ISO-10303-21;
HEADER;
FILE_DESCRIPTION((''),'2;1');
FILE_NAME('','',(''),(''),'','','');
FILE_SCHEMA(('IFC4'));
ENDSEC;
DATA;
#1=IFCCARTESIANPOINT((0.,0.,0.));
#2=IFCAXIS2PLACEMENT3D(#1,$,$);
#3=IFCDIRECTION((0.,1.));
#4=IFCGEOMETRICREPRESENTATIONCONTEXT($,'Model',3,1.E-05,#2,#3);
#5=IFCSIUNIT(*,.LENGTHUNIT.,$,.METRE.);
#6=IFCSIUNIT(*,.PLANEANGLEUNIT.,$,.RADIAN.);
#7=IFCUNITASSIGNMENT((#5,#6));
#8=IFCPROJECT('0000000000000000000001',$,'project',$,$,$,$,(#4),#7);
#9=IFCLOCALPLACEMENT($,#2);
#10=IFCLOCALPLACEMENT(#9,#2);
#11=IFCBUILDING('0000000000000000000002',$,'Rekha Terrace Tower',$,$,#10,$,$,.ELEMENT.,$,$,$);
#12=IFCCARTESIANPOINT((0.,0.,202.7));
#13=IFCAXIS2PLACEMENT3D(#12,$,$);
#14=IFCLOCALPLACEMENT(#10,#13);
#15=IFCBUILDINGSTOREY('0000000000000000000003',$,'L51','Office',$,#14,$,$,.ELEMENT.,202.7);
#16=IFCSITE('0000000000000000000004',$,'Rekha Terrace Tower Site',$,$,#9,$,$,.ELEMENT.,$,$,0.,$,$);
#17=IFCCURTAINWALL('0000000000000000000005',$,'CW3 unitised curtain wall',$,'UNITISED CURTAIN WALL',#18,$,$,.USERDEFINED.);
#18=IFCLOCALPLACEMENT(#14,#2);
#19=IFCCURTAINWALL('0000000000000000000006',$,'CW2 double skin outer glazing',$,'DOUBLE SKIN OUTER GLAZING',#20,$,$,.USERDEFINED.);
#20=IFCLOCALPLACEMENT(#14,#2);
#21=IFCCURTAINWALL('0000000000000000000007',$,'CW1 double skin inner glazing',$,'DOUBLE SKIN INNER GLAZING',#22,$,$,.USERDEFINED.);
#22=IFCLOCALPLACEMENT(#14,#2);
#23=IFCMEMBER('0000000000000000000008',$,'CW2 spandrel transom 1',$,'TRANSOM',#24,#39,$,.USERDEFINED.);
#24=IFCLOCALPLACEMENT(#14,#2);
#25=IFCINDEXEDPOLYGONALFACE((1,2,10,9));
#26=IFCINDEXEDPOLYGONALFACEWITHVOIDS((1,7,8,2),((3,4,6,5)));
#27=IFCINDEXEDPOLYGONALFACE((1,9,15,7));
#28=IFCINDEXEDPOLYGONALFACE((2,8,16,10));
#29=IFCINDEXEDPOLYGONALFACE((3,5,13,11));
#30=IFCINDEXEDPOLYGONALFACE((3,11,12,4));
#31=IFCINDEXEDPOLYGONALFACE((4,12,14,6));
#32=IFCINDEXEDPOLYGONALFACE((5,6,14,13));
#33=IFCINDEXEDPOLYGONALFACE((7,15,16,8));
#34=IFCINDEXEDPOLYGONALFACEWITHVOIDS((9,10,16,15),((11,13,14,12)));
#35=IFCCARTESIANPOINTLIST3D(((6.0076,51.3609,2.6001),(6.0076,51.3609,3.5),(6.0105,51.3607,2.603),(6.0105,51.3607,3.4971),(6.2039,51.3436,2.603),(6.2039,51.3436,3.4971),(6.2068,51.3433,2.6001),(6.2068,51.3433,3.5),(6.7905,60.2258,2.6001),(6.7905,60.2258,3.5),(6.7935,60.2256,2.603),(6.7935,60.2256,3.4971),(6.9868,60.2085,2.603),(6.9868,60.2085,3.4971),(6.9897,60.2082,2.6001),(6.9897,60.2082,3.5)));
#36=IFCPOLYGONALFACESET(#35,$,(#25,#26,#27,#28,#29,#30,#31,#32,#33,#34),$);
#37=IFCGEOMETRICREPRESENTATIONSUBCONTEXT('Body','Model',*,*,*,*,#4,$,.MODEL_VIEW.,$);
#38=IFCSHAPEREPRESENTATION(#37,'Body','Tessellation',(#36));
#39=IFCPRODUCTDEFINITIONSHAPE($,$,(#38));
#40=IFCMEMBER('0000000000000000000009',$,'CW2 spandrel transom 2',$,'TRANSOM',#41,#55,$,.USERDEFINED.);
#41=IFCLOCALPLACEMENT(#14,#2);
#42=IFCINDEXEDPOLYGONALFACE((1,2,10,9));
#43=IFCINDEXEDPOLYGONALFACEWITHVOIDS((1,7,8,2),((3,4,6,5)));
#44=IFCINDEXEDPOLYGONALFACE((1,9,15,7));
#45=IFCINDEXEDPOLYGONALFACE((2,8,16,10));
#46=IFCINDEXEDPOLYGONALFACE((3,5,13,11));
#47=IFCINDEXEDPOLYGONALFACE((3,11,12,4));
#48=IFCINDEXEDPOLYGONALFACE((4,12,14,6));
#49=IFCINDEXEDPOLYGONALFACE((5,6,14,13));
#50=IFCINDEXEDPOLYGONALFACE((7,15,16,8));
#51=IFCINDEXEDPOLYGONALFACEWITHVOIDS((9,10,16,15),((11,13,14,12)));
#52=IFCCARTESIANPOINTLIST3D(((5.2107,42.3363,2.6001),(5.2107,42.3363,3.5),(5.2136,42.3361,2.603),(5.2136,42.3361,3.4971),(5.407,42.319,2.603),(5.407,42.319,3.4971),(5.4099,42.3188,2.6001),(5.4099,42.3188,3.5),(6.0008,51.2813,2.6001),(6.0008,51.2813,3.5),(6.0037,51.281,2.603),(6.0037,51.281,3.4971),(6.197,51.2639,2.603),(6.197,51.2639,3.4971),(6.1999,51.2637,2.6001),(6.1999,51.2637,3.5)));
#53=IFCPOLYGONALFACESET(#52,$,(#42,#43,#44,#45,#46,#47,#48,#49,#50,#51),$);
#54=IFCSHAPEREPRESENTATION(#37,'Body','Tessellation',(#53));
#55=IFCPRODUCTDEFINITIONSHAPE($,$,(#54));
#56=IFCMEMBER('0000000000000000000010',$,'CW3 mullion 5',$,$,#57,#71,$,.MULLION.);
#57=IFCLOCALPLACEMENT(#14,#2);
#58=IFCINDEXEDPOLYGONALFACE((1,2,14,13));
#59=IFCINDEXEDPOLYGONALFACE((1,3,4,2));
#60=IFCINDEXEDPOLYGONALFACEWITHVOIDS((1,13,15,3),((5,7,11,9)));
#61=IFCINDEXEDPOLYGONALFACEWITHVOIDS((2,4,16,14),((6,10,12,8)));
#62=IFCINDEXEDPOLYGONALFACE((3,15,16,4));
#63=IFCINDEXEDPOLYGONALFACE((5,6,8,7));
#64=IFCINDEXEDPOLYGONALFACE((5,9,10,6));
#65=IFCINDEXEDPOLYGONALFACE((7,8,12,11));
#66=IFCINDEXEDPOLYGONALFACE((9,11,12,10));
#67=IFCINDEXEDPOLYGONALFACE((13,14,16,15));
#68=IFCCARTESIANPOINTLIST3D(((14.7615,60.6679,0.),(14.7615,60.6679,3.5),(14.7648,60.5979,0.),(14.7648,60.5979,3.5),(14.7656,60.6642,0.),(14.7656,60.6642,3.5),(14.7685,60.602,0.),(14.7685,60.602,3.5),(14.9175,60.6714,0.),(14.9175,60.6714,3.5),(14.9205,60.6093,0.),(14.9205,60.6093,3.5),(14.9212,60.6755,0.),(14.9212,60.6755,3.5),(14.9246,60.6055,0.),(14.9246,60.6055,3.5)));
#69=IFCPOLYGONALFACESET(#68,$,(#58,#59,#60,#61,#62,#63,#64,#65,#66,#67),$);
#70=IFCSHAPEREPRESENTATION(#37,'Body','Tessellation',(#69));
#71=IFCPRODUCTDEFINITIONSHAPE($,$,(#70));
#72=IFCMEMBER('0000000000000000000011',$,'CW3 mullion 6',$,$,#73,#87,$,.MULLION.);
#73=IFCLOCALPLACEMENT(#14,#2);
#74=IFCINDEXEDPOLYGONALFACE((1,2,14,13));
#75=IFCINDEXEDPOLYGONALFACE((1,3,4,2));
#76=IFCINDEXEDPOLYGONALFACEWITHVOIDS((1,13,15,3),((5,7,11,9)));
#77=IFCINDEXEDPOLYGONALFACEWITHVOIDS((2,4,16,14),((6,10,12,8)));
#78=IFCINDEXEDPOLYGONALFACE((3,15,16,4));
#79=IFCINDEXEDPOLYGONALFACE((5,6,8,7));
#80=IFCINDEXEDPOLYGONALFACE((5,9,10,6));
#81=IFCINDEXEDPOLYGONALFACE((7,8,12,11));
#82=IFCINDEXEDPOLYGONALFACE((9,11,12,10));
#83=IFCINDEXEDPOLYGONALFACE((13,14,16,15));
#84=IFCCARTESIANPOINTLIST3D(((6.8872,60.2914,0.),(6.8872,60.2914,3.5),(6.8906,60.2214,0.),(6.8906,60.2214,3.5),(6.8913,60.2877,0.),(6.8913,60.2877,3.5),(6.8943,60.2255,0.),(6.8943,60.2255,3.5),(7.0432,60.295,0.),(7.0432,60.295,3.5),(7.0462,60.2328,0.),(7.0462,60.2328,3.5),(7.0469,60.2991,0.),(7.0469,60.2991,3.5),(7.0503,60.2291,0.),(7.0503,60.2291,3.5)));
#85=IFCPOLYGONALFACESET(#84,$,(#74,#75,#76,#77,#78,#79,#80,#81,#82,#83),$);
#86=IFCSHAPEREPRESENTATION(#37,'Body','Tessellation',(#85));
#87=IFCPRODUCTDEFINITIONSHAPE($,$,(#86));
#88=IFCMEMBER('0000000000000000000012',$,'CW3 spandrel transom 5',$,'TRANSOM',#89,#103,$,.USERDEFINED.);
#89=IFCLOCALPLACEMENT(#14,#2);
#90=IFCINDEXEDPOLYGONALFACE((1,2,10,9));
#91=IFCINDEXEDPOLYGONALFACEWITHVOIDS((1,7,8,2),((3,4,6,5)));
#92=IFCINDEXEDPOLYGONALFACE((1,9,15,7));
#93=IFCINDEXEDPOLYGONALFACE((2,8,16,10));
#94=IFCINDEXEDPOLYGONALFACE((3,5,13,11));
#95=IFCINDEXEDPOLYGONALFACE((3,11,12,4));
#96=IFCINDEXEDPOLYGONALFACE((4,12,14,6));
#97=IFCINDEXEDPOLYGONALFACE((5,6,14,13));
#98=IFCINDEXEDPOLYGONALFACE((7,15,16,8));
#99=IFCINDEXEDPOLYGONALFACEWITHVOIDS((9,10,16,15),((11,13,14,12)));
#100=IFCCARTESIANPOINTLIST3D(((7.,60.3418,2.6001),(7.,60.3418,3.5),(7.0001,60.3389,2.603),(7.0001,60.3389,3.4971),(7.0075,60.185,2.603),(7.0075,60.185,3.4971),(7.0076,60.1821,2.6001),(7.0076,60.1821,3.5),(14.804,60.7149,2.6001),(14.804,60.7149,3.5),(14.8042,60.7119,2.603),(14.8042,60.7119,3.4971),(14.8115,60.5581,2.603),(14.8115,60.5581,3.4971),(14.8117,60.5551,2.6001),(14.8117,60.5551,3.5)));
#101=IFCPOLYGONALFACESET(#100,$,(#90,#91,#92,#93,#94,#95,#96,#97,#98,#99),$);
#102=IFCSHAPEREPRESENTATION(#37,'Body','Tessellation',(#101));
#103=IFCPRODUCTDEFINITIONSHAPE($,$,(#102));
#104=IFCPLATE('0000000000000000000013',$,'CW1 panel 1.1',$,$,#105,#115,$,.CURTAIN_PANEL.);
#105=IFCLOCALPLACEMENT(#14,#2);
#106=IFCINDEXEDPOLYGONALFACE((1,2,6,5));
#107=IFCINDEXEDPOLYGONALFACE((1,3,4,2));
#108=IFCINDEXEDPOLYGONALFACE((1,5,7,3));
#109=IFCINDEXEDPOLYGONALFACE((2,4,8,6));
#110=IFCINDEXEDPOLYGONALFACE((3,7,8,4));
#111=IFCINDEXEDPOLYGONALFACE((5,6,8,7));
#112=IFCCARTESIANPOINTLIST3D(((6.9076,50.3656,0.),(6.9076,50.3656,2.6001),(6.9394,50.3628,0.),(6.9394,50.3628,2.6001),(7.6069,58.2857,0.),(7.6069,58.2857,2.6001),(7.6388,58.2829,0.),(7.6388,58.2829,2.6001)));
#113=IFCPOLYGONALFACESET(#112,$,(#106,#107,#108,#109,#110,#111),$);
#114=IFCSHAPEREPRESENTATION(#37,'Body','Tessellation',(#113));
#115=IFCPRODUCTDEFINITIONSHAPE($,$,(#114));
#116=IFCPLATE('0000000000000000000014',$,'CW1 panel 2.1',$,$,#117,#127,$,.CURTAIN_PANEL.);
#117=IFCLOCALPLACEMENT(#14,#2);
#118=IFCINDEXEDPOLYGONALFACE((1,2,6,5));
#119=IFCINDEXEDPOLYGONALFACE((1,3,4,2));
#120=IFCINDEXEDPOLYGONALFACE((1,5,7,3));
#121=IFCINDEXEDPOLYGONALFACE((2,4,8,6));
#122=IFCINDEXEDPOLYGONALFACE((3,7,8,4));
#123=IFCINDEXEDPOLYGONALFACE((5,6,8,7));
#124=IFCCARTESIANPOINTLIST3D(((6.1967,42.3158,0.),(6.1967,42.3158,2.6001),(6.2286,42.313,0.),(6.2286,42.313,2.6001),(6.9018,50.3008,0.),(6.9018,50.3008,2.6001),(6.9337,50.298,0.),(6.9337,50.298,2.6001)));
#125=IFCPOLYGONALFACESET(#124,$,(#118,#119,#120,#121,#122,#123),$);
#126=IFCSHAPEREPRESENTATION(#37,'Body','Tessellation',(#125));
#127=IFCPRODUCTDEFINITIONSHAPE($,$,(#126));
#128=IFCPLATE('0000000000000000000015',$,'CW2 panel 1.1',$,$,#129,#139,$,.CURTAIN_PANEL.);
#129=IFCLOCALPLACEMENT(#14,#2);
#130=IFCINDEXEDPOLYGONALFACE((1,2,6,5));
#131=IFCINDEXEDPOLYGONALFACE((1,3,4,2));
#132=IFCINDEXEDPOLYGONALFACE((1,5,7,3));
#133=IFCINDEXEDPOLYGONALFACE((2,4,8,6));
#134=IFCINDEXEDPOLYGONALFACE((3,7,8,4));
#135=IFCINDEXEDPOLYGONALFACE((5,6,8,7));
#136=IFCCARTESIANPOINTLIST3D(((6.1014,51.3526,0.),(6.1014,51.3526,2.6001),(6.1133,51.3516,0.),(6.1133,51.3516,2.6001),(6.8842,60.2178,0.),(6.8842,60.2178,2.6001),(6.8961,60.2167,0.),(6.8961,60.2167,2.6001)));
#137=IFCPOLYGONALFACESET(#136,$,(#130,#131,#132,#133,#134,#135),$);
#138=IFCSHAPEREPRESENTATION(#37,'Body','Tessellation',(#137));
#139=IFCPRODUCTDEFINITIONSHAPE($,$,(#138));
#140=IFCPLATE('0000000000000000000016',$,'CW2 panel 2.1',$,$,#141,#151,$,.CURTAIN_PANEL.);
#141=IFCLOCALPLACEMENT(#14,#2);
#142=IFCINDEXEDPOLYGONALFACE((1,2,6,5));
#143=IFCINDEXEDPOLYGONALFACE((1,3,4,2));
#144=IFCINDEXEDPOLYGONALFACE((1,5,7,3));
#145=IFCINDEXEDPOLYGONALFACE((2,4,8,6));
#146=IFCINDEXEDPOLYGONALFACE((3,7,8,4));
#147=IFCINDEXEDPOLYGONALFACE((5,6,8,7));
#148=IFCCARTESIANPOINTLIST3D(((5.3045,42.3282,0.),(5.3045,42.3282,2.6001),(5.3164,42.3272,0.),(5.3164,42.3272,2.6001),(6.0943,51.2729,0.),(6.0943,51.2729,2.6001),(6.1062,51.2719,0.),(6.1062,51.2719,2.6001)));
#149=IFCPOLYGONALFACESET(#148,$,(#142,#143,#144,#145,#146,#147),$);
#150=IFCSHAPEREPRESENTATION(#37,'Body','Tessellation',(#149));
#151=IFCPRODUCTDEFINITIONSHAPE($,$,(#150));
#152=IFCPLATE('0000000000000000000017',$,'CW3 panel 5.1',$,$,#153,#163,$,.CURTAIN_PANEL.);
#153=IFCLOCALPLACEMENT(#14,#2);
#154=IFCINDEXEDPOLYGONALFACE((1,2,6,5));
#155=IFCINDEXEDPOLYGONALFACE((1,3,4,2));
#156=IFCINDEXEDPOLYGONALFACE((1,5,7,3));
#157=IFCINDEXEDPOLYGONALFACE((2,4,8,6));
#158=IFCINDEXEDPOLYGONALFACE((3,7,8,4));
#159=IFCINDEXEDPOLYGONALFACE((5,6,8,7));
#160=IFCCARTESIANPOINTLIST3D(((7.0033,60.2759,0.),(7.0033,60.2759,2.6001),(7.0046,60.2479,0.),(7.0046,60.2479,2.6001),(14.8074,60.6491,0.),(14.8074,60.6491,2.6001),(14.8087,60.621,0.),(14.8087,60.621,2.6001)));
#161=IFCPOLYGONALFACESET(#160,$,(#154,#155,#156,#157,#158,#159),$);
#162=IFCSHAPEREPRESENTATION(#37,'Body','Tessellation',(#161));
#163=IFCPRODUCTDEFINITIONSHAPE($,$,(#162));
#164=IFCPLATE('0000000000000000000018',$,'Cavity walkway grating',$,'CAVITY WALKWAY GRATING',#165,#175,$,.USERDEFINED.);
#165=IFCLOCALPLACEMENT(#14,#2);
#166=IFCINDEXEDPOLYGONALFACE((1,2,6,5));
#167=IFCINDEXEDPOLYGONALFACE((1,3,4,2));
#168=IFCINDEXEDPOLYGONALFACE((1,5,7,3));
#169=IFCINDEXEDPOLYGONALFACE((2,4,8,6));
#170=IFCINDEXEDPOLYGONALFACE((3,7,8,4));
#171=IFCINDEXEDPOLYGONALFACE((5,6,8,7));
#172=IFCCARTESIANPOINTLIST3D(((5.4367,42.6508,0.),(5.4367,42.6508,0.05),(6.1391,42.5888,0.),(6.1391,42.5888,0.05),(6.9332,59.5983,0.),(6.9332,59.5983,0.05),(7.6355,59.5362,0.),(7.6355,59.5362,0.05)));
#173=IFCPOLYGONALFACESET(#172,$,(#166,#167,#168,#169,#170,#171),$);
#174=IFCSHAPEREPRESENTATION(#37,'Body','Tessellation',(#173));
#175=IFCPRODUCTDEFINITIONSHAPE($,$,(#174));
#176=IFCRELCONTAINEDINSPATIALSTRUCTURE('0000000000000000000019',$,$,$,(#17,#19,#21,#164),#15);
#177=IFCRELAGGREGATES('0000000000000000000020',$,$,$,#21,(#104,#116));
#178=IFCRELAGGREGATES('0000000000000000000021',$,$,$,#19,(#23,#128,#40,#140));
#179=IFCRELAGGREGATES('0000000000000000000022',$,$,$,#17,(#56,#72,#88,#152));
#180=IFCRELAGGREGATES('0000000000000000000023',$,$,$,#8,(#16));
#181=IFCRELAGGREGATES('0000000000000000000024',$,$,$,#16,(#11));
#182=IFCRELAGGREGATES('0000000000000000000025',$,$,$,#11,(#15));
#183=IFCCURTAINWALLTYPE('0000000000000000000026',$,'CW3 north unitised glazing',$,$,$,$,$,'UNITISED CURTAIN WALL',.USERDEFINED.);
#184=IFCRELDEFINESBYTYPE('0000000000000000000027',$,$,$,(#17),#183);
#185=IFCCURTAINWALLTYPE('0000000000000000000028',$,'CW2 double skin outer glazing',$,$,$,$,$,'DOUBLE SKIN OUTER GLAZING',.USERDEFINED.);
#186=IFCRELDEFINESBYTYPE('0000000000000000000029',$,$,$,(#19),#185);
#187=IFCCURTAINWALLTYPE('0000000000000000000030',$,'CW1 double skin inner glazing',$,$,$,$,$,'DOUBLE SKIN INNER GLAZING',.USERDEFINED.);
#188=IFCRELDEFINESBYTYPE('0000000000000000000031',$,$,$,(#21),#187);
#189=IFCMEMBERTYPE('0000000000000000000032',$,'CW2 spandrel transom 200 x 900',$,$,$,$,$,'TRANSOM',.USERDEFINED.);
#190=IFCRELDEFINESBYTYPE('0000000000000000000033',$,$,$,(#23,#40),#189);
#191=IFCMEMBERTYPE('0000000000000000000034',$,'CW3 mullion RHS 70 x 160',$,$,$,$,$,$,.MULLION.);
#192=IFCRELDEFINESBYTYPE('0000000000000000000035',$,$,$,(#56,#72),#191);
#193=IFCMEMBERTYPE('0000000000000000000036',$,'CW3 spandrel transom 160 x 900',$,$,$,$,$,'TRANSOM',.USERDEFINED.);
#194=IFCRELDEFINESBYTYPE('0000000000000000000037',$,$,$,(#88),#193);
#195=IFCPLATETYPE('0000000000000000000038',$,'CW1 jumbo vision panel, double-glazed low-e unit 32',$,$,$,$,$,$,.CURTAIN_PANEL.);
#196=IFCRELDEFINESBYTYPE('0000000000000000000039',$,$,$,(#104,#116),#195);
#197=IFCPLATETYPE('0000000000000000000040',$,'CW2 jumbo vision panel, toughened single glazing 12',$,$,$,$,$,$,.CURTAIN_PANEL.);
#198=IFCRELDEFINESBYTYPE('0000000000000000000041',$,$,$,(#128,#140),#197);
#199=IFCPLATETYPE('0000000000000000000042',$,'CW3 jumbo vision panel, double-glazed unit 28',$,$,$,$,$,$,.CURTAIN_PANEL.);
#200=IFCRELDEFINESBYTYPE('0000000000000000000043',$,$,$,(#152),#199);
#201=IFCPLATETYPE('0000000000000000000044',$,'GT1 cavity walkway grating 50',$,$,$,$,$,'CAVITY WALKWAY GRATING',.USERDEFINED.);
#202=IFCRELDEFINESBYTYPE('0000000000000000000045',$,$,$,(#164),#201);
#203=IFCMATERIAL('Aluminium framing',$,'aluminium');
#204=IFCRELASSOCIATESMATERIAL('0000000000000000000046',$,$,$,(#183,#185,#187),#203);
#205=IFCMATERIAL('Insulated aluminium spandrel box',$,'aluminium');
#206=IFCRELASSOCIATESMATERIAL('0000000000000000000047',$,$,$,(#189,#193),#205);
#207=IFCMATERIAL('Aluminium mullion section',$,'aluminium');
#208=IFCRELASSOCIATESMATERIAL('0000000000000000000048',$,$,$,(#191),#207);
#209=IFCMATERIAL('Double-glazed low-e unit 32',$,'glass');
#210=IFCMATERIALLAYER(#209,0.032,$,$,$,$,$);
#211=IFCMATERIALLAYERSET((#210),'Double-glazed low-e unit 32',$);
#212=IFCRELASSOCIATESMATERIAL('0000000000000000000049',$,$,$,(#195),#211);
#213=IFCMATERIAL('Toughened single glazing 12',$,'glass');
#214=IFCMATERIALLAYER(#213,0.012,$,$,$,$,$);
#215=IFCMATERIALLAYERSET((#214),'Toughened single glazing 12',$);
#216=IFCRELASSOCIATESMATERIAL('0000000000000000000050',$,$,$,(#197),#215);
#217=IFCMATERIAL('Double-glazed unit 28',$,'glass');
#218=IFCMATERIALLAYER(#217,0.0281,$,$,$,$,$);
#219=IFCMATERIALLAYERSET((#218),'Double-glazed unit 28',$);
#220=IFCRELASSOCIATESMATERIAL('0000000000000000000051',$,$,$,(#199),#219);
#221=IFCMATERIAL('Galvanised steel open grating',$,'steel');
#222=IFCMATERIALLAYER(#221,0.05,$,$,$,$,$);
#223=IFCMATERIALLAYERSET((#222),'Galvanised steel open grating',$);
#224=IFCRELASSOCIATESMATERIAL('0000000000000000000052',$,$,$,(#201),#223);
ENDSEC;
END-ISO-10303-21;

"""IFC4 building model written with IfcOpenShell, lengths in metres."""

from ifc_helpers import new_model, si_unit, direction, frame, origin, origin_2d, place, context, subcontext, project, spatial, rectangle, hollow_rectangle, extrude, material, layer, layer_set, material_profile, profile_set, type_object, element, aggregate, save


model = new_model("IFC4")

# Units and contexts
model_context = context("Model", 3, precision=1e-05, world=origin(), true_north=direction((0.0, 1.0)))
body_context = subcontext(model_context, "Body", "Model", "MODEL_VIEW")
ifc_project = project(units=[si_unit("LENGTHUNIT", "METRE"), si_unit("PLANEANGLEUNIT", "RADIAN")], contexts=[model_context])

# Site, building, storey
site_placement = place(None, origin())
site = spatial("IfcSite", under=ifc_project, at=site_placement, Name="Rekha Terrace Tower Site", CompositionType="ELEMENT", RefElevation=0.0)
building_placement = place(site_placement, origin())
building = spatial("IfcBuilding", under=site, at=building_placement, Name="Rekha Terrace Tower", CompositionType="ELEMENT")
storey_placement = place(building_placement, frame((0.0, 0.0, 202.7)))
storey = spatial("IfcBuildingStorey", under=building, at=storey_placement, Name="L51", Description="Office", CompositionType="ELEMENT", Elevation=202.7)

# Curtain walls
ifc_material_1 = material(Name="Aluminium framing", Category="aluminium")
curtain_wall_type_1 = type_object("IfcCurtainWallType", Name="CW3 north unitised glazing", ElementType="UNITISED CURTAIN WALL", PredefinedType="USERDEFINED", material=ifc_material_1)
curtain_wall_1_placement = place(storey_placement, origin())
curtain_wall_1 = element("IfcCurtainWall", 1, at=curtain_wall_1_placement, inside=storey, type_object=curtain_wall_type_1, Name="CW3 unitised curtain wall", ObjectType="UNITISED CURTAIN WALL", PredefinedType="USERDEFINED")
curtain_wall_type_2 = type_object("IfcCurtainWallType", Name="CW2 double skin outer glazing", ElementType="DOUBLE SKIN OUTER GLAZING", PredefinedType="USERDEFINED", material=ifc_material_1)
curtain_wall_2_placement = place(storey_placement, origin())
curtain_wall_2 = element("IfcCurtainWall", 2, at=curtain_wall_2_placement, inside=storey, type_object=curtain_wall_type_2, Name="CW2 double skin outer glazing", ObjectType="DOUBLE SKIN OUTER GLAZING", PredefinedType="USERDEFINED")

# Curtain wall
curtain_wall_type_3 = type_object("IfcCurtainWallType", Name="CW1 double skin inner glazing", ElementType="DOUBLE SKIN INNER GLAZING", PredefinedType="USERDEFINED", material=ifc_material_1)
curtain_wall_3_placement = place(storey_placement, origin())
curtain_wall_3 = element("IfcCurtainWall", 3, at=curtain_wall_3_placement, inside=storey, type_object=curtain_wall_type_3, Name="CW1 double skin inner glazing", ObjectType="DOUBLE SKIN INNER GLAZING", PredefinedType="USERDEFINED")
ifc_material_2 = material(Name="Aluminium mullion section", Category="aluminium")
ifc_material_3 = material(Name="Insulated aluminium spandrel box", Category="aluminium")

# Members
ifc_material_profile_1 = material_profile(ifc_material_3, hollow_rectangle(XDim=0.2, YDim=0.8999, WallThickness=0.0029, at=origin_2d()), Name="AL SPANDREL BOX 200x900")
ifc_profile_set_1 = profile_set([ifc_material_profile_1], Name="Insulated aluminium spandrel box")
member_type_1 = type_object("IfcMemberType", Name="CW2 spandrel transom 200 x 900", ElementType="TRANSOM", PredefinedType="USERDEFINED", material=ifc_profile_set_1)
member_1_placement = place(storey_placement, frame((6.8901, 60.217, 3.05), z_axis=(-0.087978, -0.996122, 0.0), x_axis=(0.996122, -0.087978, 0.0)))
member_1 = element("IfcMember", 4, at=member_1_placement, type_object=member_type_1, Name="CW2 spandrel transom 1", ObjectType="TRANSOM", PredefinedType="USERDEFINED", context=body_context, shape_type="SweptSolid", body=[
    extrude(hollow_rectangle(XDim=0.2, YDim=0.8999, WallThickness=0.0029, at=origin_2d()), origin(), (0.0, 0.0, 1.0), 8.8994),
])
member_2_placement = place(storey_placement, frame((6.1003, 51.2725, 3.05), z_axis=(-0.087981, -0.996122, 0.0), x_axis=(0.996122, -0.087981, 0.0)))
member_2 = element("IfcMember", 5, at=member_2_placement, type_object=member_type_1, Name="CW2 spandrel transom 2", ObjectType="TRANSOM", PredefinedType="USERDEFINED", context=body_context, shape_type="SweptSolid", body=[
    extrude(hollow_rectangle(XDim=0.2, YDim=0.8999, WallThickness=0.0029, at=origin_2d()), origin(), (0.0, 0.0, 1.0), 8.9797),
])
ifc_material_profile_2 = material_profile(ifc_material_2, hollow_rectangle(XDim=0.0701, YDim=0.1599, WallThickness=0.0039, at=origin_2d()), Name="AL RHS 70x160")
ifc_profile_set_2 = profile_set([ifc_material_profile_2], Name="Aluminium mullion section")
member_type_2 = type_object("IfcMemberType", Name="CW3 mullion RHS 70 x 160", PredefinedType="MULLION", material=ifc_profile_set_2)
member_3_placement = place(storey_placement, frame((14.843, 60.6367, 0.0), z_axis=(0.0, 0.0, 1.0), x_axis=(0.047759, -0.998859, 0.0)))
member_3 = element("IfcMember", 6, at=member_3_placement, type_object=member_type_2, Name="CW3 mullion 5", PredefinedType="MULLION", context=body_context, shape_type="SweptSolid", body=[
    extrude(hollow_rectangle(XDim=0.0701, YDim=0.1599, WallThickness=0.0039, at=origin_2d()), origin(), (0.0, 0.0, 1.0), 3.5),
])
member_4_placement = place(storey_placement, frame((6.9688, 60.2603, 0.0), z_axis=(0.0, 0.0, 1.0), x_axis=(0.047759, -0.998859, 0.0)))
member_4 = element("IfcMember", 7, at=member_4_placement, type_object=member_type_2, Name="CW3 mullion 6", PredefinedType="MULLION", context=body_context, shape_type="SweptSolid", body=[
    extrude(hollow_rectangle(XDim=0.0701, YDim=0.1599, WallThickness=0.0039, at=origin_2d()), origin(), (0.0, 0.0, 1.0), 3.5),
])
ifc_material_profile_3 = material_profile(ifc_material_3, hollow_rectangle(XDim=0.1599, YDim=0.8999, WallThickness=0.0029, at=origin_2d()), Name="AL SPANDREL BOX 160x900")
ifc_profile_set_3 = profile_set([ifc_material_profile_3], Name="Insulated aluminium spandrel box")
member_type_3 = type_object("IfcMemberType", Name="CW3 spandrel transom 160 x 900", ElementType="TRANSOM", PredefinedType="USERDEFINED", material=ifc_profile_set_3)
member_5_placement = place(storey_placement, frame((14.8079, 60.635, 3.05), z_axis=(-0.998859, -0.047748, 0.0), x_axis=(0.047748, -0.998859, 0.0)))
member_5 = element("IfcMember", 8, at=member_5_placement, type_object=member_type_3, Name="CW3 spandrel transom 5", ObjectType="TRANSOM", PredefinedType="USERDEFINED", context=body_context, shape_type="SweptSolid", body=[
    extrude(hollow_rectangle(XDim=0.1599, YDim=0.8999, WallThickness=0.0029, at=origin_2d()), origin(), (0.0, 0.0, 1.0), 7.813),
])

# Plates
ifc_material_4 = material(Name="Double-glazed low-e unit 32", Category="glass")
ifc_layer_1 = layer(ifc_material_4, 0.032)
ifc_layer_set_1 = layer_set([ifc_layer_1], Name="Double-glazed low-e unit 32")
plate_type_1 = type_object("IfcPlateType", Name="CW1 jumbo vision panel, double-glazed low-e unit 32", PredefinedType="CURTAIN_PANEL", material=ifc_layer_set_1)
plate_1_placement = place(storey_placement, frame((7.2732, 54.3242, 0.0), z_axis=(0.0, 0.0, 1.0), x_axis=(-0.087958, -0.996124, 0.0)))
plate_1 = element("IfcPlate", 9, at=plate_1_placement, type_object=plate_type_1, Name="CW1 panel 1.1", PredefinedType="CURTAIN_PANEL", context=body_context, shape_type="SweptSolid", body=[
    extrude(rectangle(XDim=7.9509, YDim=0.032, at=origin_2d()), origin(), (0.0, 0.0, 1.0), 2.6001),
])
plate_2_placement = place(storey_placement, frame((6.5652, 46.3069, 0.0), z_axis=(0.0, 0.0, 1.0), x_axis=(-0.087958, -0.996124, 0.0)))
plate_2 = element("IfcPlate", 10, at=plate_2_placement, type_object=plate_type_1, Name="CW1 panel 2.1", PredefinedType="CURTAIN_PANEL", context=body_context, shape_type="SweptSolid", body=[
    extrude(rectangle(XDim=8.0161, YDim=0.032, at=origin_2d()), origin(), (0.0, 0.0, 1.0), 2.6001),
])
aggregate(curtain_wall_3, [plate_1, plate_2])
ifc_material_5 = material(Name="Toughened single glazing 12", Category="glass")
ifc_layer_2 = layer(ifc_material_5, 0.012)
ifc_layer_set_2 = layer_set([ifc_layer_2], Name="Toughened single glazing 12")
plate_type_2 = type_object("IfcPlateType", Name="CW2 jumbo vision panel, toughened single glazing 12", PredefinedType="CURTAIN_PANEL", material=ifc_layer_set_2)
plate_3_placement = place(storey_placement, frame((6.4988, 55.7847, 0.0), z_axis=(0.0, 0.0, 1.0), x_axis=(-0.087958, -0.996124, 0.0)))
plate_3 = element("IfcPlate", 11, at=plate_3_placement, type_object=plate_type_2, Name="CW2 panel 1.1", PredefinedType="CURTAIN_PANEL", context=body_context, shape_type="SweptSolid", body=[
    extrude(rectangle(XDim=8.8997, YDim=0.012, at=origin_2d()), origin(), (0.0, 0.0, 1.0), 2.6001),
])
plate_4_placement = place(storey_placement, frame((5.7053, 46.8, 0.0), z_axis=(0.0, 0.0, 1.0), x_axis=(-0.087958, -0.996124, 0.0)))
plate_4 = element("IfcPlate", 12, at=plate_4_placement, type_object=plate_type_2, Name="CW2 panel 2.1", PredefinedType="CURTAIN_PANEL", context=body_context, shape_type="SweptSolid", body=[
    extrude(rectangle(XDim=8.9795, YDim=0.012, at=origin_2d()), origin(), (0.0, 0.0, 1.0), 2.6001),
])
aggregate(curtain_wall_2, [member_1, plate_3, member_2, plate_4])
ifc_material_6 = material(Name="Double-glazed unit 28", Category="glass")
ifc_layer_3 = layer(ifc_material_6, 0.0281)
ifc_layer_set_3 = layer_set([ifc_layer_3], Name="Double-glazed unit 28")
plate_type_3 = type_object("IfcPlateType", Name="CW3 jumbo vision panel, double-glazed unit 28", PredefinedType="CURTAIN_PANEL", material=ifc_layer_set_3)
plate_5_placement = place(storey_placement, frame((10.906, 60.4485, 0.0), z_axis=(0.0, 0.0, 1.0), x_axis=(-0.998859, -0.047759, 0.0)))
plate_5 = element("IfcPlate", 13, at=plate_5_placement, type_object=plate_type_3, Name="CW3 panel 5.1", PredefinedType="CURTAIN_PANEL", context=body_context, shape_type="SweptSolid", body=[
    extrude(rectangle(XDim=7.813, YDim=0.0281, at=origin_2d()), origin(), (0.0, 0.0, 1.0), 2.6001),
])
aggregate(curtain_wall_1, [member_3, member_4, member_5, plate_5])
ifc_material_7 = material(Name="Galvanised steel open grating", Category="steel")
ifc_layer_4 = layer(ifc_material_7, 0.05)
ifc_layer_set_4 = layer_set([ifc_layer_4], Name="Galvanised steel open grating")
plate_type_4 = type_object("IfcPlateType", Name="GT1 cavity walkway grating 50", ElementType="CAVITY WALKWAY GRATING", PredefinedType="USERDEFINED", material=ifc_layer_set_4)
plate_6_placement = place(storey_placement, frame((6.5361, 51.0935, 0.0), z_axis=(0.0, 0.0, 1.0), x_axis=(-0.087958, -0.996124, 0.0)))
element("IfcPlate", 14, at=plate_6_placement, inside=storey, type_object=plate_type_4, Name="Cavity walkway grating", ObjectType="CAVITY WALKWAY GRATING", PredefinedType="USERDEFINED", context=body_context, shape_type="SweptSolid", body=[
    extrude(rectangle(XDim=17.0134, YDim=0.7051, at=origin_2d()), origin(), (0.0, 0.0, 1.0), 0.05),
])

save(model, "model.ifc")
